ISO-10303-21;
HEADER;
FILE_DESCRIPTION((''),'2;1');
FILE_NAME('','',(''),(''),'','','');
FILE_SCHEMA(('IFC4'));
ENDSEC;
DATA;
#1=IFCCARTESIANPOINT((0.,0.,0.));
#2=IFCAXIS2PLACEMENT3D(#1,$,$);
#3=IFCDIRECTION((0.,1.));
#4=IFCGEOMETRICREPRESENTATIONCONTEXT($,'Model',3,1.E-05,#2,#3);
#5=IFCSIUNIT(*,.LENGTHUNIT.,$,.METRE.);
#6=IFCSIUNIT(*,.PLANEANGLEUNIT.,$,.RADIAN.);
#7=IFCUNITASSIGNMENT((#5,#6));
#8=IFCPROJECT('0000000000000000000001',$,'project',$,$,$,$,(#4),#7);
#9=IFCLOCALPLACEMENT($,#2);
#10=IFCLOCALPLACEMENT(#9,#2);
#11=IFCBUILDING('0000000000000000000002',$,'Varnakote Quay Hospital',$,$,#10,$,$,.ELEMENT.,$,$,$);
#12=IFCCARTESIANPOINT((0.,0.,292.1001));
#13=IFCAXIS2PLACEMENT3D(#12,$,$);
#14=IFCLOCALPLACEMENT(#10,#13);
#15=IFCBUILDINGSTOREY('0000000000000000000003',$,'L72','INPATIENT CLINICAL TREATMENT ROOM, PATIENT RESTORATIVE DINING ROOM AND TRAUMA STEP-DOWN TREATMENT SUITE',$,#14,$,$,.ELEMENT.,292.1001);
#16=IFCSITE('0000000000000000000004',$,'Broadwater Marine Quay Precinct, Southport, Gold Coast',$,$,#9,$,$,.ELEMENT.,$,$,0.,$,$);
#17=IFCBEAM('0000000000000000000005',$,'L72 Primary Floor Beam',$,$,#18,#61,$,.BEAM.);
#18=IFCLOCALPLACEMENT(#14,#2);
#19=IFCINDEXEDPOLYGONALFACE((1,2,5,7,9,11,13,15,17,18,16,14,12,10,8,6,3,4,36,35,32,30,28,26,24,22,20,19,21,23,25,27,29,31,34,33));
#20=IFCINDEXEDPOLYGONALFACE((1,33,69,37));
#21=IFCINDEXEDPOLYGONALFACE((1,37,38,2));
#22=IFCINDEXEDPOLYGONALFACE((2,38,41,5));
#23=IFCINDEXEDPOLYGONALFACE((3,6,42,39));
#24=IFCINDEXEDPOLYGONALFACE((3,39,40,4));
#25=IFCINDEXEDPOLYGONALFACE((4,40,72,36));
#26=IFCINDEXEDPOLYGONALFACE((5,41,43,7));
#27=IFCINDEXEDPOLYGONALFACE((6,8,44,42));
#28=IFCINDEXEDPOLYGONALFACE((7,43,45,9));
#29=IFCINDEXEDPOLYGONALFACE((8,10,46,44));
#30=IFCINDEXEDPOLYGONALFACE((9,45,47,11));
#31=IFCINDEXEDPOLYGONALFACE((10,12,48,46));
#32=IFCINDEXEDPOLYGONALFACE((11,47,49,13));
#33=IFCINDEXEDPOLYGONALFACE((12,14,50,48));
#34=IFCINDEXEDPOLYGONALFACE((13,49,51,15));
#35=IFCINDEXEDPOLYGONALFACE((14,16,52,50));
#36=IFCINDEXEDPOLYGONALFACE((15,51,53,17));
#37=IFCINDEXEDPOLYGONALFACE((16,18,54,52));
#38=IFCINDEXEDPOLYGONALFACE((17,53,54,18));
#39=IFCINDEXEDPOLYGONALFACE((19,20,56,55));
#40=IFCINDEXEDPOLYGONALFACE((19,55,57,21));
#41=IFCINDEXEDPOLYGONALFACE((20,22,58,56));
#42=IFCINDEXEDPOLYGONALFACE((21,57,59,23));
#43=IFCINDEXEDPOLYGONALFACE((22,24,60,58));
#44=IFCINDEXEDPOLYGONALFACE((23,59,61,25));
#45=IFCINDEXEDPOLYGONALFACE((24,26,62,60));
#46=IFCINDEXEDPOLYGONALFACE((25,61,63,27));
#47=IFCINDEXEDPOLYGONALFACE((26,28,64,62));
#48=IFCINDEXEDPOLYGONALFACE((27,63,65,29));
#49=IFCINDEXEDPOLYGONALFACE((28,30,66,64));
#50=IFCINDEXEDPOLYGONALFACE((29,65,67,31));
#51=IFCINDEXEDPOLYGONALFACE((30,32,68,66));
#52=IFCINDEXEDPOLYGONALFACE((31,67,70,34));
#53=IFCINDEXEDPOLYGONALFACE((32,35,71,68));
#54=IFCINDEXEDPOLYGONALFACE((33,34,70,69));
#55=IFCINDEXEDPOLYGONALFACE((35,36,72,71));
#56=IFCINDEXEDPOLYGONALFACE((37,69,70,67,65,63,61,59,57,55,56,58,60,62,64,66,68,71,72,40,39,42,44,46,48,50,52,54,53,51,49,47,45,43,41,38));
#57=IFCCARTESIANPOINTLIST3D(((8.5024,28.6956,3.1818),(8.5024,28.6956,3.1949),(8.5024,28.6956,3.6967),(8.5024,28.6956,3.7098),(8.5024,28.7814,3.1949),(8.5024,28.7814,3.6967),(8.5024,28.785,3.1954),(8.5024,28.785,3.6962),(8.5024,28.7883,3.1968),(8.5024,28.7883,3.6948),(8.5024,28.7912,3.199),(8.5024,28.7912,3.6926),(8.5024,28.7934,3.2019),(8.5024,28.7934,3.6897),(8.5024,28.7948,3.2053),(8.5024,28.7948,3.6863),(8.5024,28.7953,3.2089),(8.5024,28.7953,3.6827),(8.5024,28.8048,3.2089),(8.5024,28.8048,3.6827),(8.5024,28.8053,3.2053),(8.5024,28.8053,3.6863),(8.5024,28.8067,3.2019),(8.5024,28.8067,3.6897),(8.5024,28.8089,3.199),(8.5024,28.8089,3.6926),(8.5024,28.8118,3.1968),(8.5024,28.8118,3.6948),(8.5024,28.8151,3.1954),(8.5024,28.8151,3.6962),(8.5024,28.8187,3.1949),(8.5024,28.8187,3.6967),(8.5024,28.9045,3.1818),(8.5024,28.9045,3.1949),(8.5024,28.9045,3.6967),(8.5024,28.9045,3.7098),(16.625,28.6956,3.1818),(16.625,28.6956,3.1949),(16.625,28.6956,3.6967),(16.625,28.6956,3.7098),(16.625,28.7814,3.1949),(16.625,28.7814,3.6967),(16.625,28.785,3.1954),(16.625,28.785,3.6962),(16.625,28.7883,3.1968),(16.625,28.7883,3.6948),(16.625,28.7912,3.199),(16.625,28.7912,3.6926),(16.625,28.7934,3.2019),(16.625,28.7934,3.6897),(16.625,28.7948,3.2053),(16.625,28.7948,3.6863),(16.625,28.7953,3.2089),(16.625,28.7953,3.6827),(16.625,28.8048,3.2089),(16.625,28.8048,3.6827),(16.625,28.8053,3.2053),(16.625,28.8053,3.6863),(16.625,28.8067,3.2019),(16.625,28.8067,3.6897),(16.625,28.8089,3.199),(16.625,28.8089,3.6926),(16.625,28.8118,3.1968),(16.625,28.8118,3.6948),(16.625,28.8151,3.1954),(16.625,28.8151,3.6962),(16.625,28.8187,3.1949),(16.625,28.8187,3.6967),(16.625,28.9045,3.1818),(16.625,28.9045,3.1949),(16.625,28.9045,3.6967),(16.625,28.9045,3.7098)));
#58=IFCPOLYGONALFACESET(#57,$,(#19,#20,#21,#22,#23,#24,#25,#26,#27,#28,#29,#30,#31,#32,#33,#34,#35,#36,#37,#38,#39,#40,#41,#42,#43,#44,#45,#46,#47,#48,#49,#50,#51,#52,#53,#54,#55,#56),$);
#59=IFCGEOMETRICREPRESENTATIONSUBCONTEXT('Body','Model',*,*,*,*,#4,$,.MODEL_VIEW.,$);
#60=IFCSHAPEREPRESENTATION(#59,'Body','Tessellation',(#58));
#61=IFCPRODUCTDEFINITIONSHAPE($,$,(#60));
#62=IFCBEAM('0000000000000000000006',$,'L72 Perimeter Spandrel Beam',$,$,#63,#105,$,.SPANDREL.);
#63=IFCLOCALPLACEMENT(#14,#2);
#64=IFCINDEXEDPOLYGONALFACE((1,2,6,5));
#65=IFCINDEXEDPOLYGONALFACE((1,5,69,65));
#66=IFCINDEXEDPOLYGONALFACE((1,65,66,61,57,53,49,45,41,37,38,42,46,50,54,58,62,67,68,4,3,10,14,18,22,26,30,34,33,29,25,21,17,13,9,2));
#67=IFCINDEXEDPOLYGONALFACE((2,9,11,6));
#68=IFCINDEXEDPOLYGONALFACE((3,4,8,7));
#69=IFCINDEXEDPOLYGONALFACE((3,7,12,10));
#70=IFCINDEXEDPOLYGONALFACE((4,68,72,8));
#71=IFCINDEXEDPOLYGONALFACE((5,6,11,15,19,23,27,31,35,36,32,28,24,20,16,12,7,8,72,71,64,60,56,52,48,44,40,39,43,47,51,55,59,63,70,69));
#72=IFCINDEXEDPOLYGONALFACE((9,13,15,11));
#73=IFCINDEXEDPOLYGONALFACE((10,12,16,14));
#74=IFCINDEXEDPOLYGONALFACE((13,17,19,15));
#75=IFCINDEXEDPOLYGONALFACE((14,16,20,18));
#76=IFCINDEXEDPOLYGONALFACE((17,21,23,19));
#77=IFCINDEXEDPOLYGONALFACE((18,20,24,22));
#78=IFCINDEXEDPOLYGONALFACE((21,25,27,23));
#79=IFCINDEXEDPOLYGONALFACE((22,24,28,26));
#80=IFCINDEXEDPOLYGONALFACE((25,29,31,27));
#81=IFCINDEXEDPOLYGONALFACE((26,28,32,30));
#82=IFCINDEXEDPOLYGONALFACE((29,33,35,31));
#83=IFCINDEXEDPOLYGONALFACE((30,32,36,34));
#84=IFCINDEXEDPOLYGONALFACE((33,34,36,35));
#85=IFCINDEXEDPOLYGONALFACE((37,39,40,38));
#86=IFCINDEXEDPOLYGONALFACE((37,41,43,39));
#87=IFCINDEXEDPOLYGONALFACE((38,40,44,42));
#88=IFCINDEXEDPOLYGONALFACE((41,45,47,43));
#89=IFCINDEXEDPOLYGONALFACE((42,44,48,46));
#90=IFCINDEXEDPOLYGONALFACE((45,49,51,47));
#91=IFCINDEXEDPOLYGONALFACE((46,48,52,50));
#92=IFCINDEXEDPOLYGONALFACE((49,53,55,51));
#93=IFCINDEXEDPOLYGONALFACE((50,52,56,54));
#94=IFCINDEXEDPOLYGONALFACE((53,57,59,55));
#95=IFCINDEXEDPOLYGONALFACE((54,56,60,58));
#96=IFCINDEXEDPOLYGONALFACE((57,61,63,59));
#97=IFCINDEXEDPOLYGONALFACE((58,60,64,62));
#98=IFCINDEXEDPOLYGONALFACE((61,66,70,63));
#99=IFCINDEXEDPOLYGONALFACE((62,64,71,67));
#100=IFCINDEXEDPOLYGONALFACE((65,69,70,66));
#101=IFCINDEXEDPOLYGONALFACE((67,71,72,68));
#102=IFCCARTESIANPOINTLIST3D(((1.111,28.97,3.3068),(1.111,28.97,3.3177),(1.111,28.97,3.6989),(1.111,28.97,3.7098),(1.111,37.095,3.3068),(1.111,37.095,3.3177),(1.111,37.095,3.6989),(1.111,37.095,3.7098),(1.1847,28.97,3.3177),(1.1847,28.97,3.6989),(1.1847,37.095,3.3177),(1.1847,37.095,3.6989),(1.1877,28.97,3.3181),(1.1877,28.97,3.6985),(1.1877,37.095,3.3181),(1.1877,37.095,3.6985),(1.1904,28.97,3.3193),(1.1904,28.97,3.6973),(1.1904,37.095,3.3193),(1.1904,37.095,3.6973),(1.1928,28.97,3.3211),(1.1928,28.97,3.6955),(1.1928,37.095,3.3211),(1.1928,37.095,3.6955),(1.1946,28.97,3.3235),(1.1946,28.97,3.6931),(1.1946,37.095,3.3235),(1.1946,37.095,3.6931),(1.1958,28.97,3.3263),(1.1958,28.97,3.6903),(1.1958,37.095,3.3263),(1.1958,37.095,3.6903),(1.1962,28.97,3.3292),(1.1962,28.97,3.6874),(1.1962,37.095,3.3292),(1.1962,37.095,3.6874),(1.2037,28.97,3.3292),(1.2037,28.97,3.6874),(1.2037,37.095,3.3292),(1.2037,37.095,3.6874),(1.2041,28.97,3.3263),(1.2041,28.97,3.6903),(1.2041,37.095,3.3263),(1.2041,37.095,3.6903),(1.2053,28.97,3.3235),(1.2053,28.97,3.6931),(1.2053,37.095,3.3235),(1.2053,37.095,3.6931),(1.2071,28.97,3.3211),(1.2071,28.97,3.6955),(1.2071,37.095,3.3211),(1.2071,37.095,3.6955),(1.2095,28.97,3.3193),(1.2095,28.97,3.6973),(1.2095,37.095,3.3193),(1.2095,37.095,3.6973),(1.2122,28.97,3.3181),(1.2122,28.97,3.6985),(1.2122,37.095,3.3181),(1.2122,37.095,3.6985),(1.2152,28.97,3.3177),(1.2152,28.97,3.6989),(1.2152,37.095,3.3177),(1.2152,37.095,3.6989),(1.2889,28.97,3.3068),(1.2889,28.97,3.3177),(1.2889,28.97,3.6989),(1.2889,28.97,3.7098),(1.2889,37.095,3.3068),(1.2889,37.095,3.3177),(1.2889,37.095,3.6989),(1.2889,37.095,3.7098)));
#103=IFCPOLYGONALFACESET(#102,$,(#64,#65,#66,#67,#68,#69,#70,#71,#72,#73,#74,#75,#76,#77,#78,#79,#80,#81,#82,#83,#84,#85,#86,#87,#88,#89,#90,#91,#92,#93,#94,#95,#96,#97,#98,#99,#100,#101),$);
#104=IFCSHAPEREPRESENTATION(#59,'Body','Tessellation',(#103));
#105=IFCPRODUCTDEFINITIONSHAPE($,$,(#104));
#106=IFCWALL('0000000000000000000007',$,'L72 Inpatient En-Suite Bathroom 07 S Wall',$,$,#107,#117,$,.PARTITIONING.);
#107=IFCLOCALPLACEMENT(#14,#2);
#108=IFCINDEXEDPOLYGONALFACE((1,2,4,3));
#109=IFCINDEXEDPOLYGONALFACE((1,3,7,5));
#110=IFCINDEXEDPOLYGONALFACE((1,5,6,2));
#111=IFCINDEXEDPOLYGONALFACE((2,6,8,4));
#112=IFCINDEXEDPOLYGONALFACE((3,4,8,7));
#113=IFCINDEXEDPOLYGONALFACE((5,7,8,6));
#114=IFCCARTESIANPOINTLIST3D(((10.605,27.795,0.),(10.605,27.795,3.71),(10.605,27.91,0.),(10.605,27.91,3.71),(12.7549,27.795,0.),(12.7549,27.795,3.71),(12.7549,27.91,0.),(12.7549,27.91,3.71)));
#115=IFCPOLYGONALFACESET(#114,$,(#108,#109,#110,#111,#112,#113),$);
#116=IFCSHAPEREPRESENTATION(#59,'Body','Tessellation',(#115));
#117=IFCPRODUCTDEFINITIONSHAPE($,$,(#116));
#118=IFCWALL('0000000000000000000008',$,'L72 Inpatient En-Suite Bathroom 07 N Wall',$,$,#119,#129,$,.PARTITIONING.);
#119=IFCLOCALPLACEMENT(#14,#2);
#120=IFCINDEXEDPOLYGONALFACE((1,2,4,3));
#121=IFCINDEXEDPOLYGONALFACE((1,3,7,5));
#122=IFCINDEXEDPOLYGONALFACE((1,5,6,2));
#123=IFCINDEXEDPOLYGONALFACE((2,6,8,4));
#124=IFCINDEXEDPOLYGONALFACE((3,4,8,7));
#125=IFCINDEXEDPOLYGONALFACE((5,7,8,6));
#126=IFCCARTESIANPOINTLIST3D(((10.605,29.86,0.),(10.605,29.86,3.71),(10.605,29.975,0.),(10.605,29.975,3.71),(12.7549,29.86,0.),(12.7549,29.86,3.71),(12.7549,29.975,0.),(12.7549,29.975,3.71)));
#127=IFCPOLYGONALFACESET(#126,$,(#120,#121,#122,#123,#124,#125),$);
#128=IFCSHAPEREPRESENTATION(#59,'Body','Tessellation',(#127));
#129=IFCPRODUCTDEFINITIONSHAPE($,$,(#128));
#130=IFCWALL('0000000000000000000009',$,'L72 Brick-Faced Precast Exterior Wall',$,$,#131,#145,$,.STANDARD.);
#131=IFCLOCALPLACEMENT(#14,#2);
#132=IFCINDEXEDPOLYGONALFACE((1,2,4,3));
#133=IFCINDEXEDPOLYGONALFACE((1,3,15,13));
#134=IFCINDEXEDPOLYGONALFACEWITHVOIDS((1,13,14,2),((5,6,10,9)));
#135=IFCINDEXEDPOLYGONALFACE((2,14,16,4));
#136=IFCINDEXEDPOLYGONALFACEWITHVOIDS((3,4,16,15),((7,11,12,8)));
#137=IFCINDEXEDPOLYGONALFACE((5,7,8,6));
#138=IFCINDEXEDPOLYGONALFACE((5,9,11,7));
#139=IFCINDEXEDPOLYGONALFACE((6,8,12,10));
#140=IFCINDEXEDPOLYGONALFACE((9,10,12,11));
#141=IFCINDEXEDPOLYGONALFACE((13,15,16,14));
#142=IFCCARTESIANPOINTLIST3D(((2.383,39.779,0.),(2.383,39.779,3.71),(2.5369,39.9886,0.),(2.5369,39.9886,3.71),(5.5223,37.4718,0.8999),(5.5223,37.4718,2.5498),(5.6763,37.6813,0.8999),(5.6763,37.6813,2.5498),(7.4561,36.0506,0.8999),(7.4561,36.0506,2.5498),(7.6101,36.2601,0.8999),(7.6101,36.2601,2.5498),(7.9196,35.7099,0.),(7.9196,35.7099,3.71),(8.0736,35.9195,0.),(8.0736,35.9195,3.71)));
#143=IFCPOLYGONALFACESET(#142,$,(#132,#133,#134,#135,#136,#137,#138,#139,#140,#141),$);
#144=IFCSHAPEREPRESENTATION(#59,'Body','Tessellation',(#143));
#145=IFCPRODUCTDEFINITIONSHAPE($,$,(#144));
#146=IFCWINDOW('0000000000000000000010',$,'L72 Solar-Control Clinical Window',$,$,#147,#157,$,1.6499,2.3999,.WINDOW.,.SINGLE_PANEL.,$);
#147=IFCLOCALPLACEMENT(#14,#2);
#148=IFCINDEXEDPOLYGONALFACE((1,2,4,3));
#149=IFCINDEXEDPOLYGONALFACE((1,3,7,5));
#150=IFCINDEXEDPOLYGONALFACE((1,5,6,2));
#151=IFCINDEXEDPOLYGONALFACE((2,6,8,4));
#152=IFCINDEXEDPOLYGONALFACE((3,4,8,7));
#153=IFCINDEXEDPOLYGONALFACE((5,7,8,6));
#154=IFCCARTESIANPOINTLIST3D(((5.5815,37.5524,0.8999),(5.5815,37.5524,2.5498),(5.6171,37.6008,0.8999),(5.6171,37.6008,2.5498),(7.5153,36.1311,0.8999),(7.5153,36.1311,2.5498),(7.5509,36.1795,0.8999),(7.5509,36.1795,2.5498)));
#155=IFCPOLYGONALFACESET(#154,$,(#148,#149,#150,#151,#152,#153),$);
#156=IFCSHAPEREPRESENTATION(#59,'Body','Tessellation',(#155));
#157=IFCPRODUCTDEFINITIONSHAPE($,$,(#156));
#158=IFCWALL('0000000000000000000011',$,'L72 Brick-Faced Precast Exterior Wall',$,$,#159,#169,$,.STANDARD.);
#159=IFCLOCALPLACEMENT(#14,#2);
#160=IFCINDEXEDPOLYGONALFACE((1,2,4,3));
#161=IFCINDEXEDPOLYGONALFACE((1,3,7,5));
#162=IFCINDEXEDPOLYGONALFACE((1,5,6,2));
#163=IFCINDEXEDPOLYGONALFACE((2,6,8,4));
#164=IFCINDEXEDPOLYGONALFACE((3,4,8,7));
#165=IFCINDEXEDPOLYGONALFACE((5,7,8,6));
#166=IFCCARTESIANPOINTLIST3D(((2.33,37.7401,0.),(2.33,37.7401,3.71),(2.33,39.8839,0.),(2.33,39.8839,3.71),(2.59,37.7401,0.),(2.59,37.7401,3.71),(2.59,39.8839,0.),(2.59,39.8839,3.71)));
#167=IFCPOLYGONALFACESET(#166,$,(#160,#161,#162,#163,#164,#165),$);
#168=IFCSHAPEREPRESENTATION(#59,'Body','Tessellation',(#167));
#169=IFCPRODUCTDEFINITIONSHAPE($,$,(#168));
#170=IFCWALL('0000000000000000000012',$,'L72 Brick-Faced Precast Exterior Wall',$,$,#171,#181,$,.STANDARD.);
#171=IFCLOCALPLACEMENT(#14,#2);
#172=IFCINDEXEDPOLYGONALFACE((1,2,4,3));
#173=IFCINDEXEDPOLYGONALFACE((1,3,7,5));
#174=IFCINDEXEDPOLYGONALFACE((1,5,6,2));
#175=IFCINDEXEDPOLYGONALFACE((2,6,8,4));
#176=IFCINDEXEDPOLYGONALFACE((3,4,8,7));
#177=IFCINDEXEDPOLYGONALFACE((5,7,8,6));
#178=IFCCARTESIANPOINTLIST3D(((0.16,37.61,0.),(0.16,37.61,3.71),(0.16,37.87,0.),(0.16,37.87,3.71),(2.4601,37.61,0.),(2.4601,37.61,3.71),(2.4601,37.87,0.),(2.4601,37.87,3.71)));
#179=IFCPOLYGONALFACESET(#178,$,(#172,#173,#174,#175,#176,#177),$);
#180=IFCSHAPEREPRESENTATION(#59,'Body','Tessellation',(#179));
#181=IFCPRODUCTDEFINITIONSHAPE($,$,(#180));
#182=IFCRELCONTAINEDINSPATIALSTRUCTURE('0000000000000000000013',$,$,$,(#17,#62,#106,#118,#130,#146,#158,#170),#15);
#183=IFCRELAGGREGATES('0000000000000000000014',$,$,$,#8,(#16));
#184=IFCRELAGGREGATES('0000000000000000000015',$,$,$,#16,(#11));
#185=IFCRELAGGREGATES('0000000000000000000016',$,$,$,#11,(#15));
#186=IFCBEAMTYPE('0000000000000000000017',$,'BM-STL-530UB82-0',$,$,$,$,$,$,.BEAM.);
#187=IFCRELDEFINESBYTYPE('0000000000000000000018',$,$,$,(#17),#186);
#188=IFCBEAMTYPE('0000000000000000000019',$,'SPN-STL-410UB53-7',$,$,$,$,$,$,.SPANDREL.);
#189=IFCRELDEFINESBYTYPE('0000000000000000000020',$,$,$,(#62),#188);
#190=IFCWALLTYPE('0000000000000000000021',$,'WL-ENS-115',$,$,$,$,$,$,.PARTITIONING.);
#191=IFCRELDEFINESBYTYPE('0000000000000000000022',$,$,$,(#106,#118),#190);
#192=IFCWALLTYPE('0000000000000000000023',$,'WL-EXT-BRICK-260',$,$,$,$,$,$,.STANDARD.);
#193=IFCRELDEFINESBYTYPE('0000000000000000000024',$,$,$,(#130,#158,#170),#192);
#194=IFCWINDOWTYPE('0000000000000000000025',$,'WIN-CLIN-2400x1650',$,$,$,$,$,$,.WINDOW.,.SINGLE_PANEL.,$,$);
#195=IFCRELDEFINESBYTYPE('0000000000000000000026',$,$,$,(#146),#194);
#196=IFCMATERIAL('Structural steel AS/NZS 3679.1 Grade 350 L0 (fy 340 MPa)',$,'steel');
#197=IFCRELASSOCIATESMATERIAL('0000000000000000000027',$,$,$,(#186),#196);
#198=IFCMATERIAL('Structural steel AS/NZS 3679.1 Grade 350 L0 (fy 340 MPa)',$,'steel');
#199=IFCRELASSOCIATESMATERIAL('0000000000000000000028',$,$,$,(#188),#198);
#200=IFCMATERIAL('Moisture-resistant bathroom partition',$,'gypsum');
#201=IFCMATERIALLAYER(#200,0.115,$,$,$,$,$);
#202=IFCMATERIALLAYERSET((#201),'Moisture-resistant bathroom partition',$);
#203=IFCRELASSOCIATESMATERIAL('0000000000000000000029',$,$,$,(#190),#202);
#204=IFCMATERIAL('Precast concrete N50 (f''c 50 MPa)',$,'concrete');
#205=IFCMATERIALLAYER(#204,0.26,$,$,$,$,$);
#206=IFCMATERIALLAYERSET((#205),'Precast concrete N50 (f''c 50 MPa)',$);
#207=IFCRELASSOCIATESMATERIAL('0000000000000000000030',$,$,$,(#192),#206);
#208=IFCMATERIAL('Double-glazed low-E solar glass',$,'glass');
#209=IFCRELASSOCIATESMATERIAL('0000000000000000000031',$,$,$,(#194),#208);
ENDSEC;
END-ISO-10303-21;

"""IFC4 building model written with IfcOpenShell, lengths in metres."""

from ifc_helpers import new_model, si_unit, direction, frame, frame_2d, origin, origin_2d, place, context, subcontext, project, spatial, rectangle, i_section, extrude, material, layer, layer_set, material_profile, profile_set, type_object, element, fill, save


model = new_model("IFC4")

# Units and contexts
model_context = context("Model", 3, precision=1e-05, world=origin(), true_north=direction((0.0, 1.0)))
body_context = subcontext(model_context, "Body", "Model", "MODEL_VIEW")
ifc_project = project(units=[si_unit("LENGTHUNIT", "METRE"), si_unit("PLANEANGLEUNIT", "RADIAN")], contexts=[model_context])

# Site, building, storey
site_placement = place(None, origin())
site = spatial("IfcSite", under=ifc_project, at=site_placement, Name="Broadwater Marine Quay Precinct, Southport, Gold Coast", CompositionType="ELEMENT", RefElevation=0.0)
building_placement = place(site_placement, origin())
building = spatial("IfcBuilding", under=site, at=building_placement, Name="Varnakote Quay Hospital", CompositionType="ELEMENT")
storey_placement = place(building_placement, frame((0.0, 0.0, 292.1001)))
storey = spatial("IfcBuildingStorey", under=building, at=storey_placement, Name="L72", Description="INPATIENT CLINICAL TREATMENT ROOM, PATIENT RESTORATIVE DINING ROOM AND TRAUMA STEP-DOWN TREATMENT SUITE", CompositionType="ELEMENT", Elevation=292.1001)

# Beams
ifc_material_1 = material(Name="Structural steel AS/NZS 3679.1 Grade 350 L0 (fy 340 MPa)", Category="steel")
ifc_material_profile_1 = material_profile(ifc_material_1, i_section(OverallWidth=0.209, OverallDepth=0.5281, WebThickness=0.0095, FlangeThickness=0.0132, FilletRadius=0.0139, at=origin_2d()), Name="530UB82.0")
ifc_profile_set_1 = profile_set([ifc_material_profile_1], Name="Structural steel AS/NZS 3679.1 Grade 350 L0 (fy 340 MPa)")
beam_type_1 = type_object("IfcBeamType", Name="BM-STL-530UB82-0", PredefinedType="BEAM", material=ifc_profile_set_1)
beam_1_placement = place(storey_placement, frame((8.5024, 28.8, 3.4458), z_axis=(1.0, 0.0, 0.0), x_axis=(0.0, 1.0, 0.0)))
element("IfcBeam", 1, at=beam_1_placement, inside=storey, type_object=beam_type_1, Name="L72 Primary Floor Beam", PredefinedType="BEAM", context=body_context, shape_type="SweptSolid", body=[
    extrude(i_section(OverallWidth=0.209, OverallDepth=0.5281, WebThickness=0.0095, FlangeThickness=0.0132, FilletRadius=0.0139, at=origin_2d()), origin(), (0.0, 0.0, 1.0), 8.1226),
])
ifc_material_2 = material(Name="Structural steel AS/NZS 3679.1 Grade 350 L0 (fy 340 MPa)", Category="steel")
ifc_material_profile_2 = material_profile(ifc_material_2, i_section(OverallWidth=0.178, OverallDepth=0.4031, WebThickness=0.0076, FlangeThickness=0.011, FilletRadius=0.0115, at=origin_2d()), Name="410UB53.7")
ifc_profile_set_2 = profile_set([ifc_material_profile_2], Name="Structural steel AS/NZS 3679.1 Grade 350 L0 (fy 340 MPa)")
beam_type_2 = type_object("IfcBeamType", Name="SPN-STL-410UB53-7", PredefinedType="SPANDREL", material=ifc_profile_set_2)
beam_2_placement = place(storey_placement, frame((1.2, 28.97, 3.5083), z_axis=(0.0, 1.0, 0.0), x_axis=(-1.0, 0.0, 0.0)))
element("IfcBeam", 2, at=beam_2_placement, inside=storey, type_object=beam_type_2, Name="L72 Perimeter Spandrel Beam", PredefinedType="SPANDREL", context=body_context, shape_type="SweptSolid", body=[
    extrude(i_section(OverallWidth=0.178, OverallDepth=0.4031, WebThickness=0.0076, FlangeThickness=0.011, FilletRadius=0.0115, at=origin_2d()), origin(), (0.0, 0.0, 1.0), 8.125),
])

# Walls
ifc_material_3 = material(Name="Moisture-resistant bathroom partition", Category="gypsum")
ifc_layer_1 = layer(ifc_material_3, 0.115)
ifc_layer_set_1 = layer_set([ifc_layer_1], Name="Moisture-resistant bathroom partition")
wall_type_1 = type_object("IfcWallType", Name="WL-ENS-115", PredefinedType="PARTITIONING", material=ifc_layer_set_1)
for number, where, z_axis, x_axis, name in (
    (3, (10.605, 27.8525, 0.0), (0.0, 0.0, 1.0), (1.0, 0.0, 0.0), "L72 Inpatient En-Suite Bathroom 07 S Wall"),
    (4, (10.605, 29.9175, 0.0), (0.0, 0.0, 1.0), (1.0, 0.0, 0.0), "L72 Inpatient En-Suite Bathroom 07 N Wall"),
):
    element("IfcWall", number, at=place(storey_placement, frame(where, z_axis=z_axis, x_axis=x_axis)), inside=storey, type_object=wall_type_1, Name=name, PredefinedType="PARTITIONING", context=body_context, shape_type="SweptSolid", body=[
        extrude(rectangle(XDim=2.1499, YDim=0.115, at=frame_2d((1.075, 0.0))), origin(), (0.0, 0.0, 1.0), 3.71),
    ])

# Wall, opening, window
ifc_material_4 = material(Name="Precast concrete N50 (f'c 50 MPa)", Category="concrete")
ifc_layer_2 = layer(ifc_material_4, 0.26)
ifc_layer_set_2 = layer_set([ifc_layer_2], Name="Precast concrete N50 (f'c 50 MPa)")
wall_type_2 = type_object("IfcWallType", Name="WL-EXT-BRICK-260", PredefinedType="STANDARD", material=ifc_layer_set_2)
wall_1_placement = place(storey_placement, frame((7.9966, 35.8147, 0.0), z_axis=(0.0, 0.0, 1.0), x_axis=(-0.805787, 0.592206, 0.0)))
wall_1 = element("IfcWall", 5, at=wall_1_placement, inside=storey, type_object=wall_type_2, Name="L72 Brick-Faced Precast Exterior Wall", PredefinedType="STANDARD", context=body_context, shape_type="SweptSolid", body=[
    extrude(rectangle(XDim=6.8711, YDim=0.26, at=frame_2d((3.4355, 0.0))), origin(), (0.0, 0.0, 1.0), 3.71),
])
opening_1_placement = place(wall_1_placement, frame((0.5752, 0.0, 0.8999)))
opening_1 = element("IfcOpeningElement", 6, at=opening_1_placement, cuts=wall_1, PredefinedType="OPENING", context=body_context, shape_type="SweptSolid", body=[
    extrude(rectangle(XDim=2.3999, YDim=1.6499, at=frame_2d((1.2, 0.825))), frame((0.0, 0.1399, 0.0), z_axis=(0.0, -1.0, 0.0), x_axis=(1.0, 0.0, 0.0)), (0.0, 0.0, 1.0), 0.28),
])
ifc_material_5 = material(Name="Double-glazed low-E solar glass", Category="glass")
window_type = type_object("IfcWindowType", Name="WIN-CLIN-2400x1650", PartitioningType="SINGLE_PANEL", PredefinedType="WINDOW", material=ifc_material_5)
window_1_placement = place(opening_1_placement, origin())
window_1 = element("IfcWindow", 7, at=window_1_placement, inside=storey, type_object=window_type, Name="L72 Solar-Control Clinical Window", OverallHeight=1.6499, OverallWidth=2.3999, PartitioningType="SINGLE_PANEL", PredefinedType="WINDOW", context=body_context, shape_type="SweptSolid", body=[
    extrude(rectangle(XDim=2.3999, YDim=1.6499, at=frame_2d((1.2, 0.825))), frame((0.0, 0.03, 0.0), z_axis=(0.0, -1.0, 0.0), x_axis=(1.0, 0.0, 0.0)), (0.0, 0.0, 1.0), 0.0601),
])
fill(opening_1, window_1)

# Walls
wall_2_placement = place(storey_placement, frame((2.46, 39.8838, 0.0), z_axis=(0.0, 0.0, 1.0), x_axis=(0.0, -1.0, 0.0)))
element("IfcWall", 8, at=wall_2_placement, inside=storey, type_object=wall_type_2, Name="L72 Brick-Faced Precast Exterior Wall", PredefinedType="STANDARD", context=body_context, shape_type="SweptSolid", body=[
    extrude(rectangle(XDim=2.1438, YDim=0.26, at=frame_2d((1.0718, 0.0))), origin(), (0.0, 0.0, 1.0), 3.71),
])
wall_3_placement = place(storey_placement, frame((2.46, 37.74, 0.0), z_axis=(0.0, 0.0, 1.0), x_axis=(-1.0, 0.0, 0.0)))
element("IfcWall", 9, at=wall_3_placement, inside=storey, type_object=wall_type_2, Name="L72 Brick-Faced Precast Exterior Wall", PredefinedType="STANDARD", context=body_context, shape_type="SweptSolid", body=[
    extrude(rectangle(XDim=2.3, YDim=0.26, at=frame_2d((1.1499, 0.0))), origin(), (0.0, 0.0, 1.0), 3.71),
])

save(model, "model.ifc")
